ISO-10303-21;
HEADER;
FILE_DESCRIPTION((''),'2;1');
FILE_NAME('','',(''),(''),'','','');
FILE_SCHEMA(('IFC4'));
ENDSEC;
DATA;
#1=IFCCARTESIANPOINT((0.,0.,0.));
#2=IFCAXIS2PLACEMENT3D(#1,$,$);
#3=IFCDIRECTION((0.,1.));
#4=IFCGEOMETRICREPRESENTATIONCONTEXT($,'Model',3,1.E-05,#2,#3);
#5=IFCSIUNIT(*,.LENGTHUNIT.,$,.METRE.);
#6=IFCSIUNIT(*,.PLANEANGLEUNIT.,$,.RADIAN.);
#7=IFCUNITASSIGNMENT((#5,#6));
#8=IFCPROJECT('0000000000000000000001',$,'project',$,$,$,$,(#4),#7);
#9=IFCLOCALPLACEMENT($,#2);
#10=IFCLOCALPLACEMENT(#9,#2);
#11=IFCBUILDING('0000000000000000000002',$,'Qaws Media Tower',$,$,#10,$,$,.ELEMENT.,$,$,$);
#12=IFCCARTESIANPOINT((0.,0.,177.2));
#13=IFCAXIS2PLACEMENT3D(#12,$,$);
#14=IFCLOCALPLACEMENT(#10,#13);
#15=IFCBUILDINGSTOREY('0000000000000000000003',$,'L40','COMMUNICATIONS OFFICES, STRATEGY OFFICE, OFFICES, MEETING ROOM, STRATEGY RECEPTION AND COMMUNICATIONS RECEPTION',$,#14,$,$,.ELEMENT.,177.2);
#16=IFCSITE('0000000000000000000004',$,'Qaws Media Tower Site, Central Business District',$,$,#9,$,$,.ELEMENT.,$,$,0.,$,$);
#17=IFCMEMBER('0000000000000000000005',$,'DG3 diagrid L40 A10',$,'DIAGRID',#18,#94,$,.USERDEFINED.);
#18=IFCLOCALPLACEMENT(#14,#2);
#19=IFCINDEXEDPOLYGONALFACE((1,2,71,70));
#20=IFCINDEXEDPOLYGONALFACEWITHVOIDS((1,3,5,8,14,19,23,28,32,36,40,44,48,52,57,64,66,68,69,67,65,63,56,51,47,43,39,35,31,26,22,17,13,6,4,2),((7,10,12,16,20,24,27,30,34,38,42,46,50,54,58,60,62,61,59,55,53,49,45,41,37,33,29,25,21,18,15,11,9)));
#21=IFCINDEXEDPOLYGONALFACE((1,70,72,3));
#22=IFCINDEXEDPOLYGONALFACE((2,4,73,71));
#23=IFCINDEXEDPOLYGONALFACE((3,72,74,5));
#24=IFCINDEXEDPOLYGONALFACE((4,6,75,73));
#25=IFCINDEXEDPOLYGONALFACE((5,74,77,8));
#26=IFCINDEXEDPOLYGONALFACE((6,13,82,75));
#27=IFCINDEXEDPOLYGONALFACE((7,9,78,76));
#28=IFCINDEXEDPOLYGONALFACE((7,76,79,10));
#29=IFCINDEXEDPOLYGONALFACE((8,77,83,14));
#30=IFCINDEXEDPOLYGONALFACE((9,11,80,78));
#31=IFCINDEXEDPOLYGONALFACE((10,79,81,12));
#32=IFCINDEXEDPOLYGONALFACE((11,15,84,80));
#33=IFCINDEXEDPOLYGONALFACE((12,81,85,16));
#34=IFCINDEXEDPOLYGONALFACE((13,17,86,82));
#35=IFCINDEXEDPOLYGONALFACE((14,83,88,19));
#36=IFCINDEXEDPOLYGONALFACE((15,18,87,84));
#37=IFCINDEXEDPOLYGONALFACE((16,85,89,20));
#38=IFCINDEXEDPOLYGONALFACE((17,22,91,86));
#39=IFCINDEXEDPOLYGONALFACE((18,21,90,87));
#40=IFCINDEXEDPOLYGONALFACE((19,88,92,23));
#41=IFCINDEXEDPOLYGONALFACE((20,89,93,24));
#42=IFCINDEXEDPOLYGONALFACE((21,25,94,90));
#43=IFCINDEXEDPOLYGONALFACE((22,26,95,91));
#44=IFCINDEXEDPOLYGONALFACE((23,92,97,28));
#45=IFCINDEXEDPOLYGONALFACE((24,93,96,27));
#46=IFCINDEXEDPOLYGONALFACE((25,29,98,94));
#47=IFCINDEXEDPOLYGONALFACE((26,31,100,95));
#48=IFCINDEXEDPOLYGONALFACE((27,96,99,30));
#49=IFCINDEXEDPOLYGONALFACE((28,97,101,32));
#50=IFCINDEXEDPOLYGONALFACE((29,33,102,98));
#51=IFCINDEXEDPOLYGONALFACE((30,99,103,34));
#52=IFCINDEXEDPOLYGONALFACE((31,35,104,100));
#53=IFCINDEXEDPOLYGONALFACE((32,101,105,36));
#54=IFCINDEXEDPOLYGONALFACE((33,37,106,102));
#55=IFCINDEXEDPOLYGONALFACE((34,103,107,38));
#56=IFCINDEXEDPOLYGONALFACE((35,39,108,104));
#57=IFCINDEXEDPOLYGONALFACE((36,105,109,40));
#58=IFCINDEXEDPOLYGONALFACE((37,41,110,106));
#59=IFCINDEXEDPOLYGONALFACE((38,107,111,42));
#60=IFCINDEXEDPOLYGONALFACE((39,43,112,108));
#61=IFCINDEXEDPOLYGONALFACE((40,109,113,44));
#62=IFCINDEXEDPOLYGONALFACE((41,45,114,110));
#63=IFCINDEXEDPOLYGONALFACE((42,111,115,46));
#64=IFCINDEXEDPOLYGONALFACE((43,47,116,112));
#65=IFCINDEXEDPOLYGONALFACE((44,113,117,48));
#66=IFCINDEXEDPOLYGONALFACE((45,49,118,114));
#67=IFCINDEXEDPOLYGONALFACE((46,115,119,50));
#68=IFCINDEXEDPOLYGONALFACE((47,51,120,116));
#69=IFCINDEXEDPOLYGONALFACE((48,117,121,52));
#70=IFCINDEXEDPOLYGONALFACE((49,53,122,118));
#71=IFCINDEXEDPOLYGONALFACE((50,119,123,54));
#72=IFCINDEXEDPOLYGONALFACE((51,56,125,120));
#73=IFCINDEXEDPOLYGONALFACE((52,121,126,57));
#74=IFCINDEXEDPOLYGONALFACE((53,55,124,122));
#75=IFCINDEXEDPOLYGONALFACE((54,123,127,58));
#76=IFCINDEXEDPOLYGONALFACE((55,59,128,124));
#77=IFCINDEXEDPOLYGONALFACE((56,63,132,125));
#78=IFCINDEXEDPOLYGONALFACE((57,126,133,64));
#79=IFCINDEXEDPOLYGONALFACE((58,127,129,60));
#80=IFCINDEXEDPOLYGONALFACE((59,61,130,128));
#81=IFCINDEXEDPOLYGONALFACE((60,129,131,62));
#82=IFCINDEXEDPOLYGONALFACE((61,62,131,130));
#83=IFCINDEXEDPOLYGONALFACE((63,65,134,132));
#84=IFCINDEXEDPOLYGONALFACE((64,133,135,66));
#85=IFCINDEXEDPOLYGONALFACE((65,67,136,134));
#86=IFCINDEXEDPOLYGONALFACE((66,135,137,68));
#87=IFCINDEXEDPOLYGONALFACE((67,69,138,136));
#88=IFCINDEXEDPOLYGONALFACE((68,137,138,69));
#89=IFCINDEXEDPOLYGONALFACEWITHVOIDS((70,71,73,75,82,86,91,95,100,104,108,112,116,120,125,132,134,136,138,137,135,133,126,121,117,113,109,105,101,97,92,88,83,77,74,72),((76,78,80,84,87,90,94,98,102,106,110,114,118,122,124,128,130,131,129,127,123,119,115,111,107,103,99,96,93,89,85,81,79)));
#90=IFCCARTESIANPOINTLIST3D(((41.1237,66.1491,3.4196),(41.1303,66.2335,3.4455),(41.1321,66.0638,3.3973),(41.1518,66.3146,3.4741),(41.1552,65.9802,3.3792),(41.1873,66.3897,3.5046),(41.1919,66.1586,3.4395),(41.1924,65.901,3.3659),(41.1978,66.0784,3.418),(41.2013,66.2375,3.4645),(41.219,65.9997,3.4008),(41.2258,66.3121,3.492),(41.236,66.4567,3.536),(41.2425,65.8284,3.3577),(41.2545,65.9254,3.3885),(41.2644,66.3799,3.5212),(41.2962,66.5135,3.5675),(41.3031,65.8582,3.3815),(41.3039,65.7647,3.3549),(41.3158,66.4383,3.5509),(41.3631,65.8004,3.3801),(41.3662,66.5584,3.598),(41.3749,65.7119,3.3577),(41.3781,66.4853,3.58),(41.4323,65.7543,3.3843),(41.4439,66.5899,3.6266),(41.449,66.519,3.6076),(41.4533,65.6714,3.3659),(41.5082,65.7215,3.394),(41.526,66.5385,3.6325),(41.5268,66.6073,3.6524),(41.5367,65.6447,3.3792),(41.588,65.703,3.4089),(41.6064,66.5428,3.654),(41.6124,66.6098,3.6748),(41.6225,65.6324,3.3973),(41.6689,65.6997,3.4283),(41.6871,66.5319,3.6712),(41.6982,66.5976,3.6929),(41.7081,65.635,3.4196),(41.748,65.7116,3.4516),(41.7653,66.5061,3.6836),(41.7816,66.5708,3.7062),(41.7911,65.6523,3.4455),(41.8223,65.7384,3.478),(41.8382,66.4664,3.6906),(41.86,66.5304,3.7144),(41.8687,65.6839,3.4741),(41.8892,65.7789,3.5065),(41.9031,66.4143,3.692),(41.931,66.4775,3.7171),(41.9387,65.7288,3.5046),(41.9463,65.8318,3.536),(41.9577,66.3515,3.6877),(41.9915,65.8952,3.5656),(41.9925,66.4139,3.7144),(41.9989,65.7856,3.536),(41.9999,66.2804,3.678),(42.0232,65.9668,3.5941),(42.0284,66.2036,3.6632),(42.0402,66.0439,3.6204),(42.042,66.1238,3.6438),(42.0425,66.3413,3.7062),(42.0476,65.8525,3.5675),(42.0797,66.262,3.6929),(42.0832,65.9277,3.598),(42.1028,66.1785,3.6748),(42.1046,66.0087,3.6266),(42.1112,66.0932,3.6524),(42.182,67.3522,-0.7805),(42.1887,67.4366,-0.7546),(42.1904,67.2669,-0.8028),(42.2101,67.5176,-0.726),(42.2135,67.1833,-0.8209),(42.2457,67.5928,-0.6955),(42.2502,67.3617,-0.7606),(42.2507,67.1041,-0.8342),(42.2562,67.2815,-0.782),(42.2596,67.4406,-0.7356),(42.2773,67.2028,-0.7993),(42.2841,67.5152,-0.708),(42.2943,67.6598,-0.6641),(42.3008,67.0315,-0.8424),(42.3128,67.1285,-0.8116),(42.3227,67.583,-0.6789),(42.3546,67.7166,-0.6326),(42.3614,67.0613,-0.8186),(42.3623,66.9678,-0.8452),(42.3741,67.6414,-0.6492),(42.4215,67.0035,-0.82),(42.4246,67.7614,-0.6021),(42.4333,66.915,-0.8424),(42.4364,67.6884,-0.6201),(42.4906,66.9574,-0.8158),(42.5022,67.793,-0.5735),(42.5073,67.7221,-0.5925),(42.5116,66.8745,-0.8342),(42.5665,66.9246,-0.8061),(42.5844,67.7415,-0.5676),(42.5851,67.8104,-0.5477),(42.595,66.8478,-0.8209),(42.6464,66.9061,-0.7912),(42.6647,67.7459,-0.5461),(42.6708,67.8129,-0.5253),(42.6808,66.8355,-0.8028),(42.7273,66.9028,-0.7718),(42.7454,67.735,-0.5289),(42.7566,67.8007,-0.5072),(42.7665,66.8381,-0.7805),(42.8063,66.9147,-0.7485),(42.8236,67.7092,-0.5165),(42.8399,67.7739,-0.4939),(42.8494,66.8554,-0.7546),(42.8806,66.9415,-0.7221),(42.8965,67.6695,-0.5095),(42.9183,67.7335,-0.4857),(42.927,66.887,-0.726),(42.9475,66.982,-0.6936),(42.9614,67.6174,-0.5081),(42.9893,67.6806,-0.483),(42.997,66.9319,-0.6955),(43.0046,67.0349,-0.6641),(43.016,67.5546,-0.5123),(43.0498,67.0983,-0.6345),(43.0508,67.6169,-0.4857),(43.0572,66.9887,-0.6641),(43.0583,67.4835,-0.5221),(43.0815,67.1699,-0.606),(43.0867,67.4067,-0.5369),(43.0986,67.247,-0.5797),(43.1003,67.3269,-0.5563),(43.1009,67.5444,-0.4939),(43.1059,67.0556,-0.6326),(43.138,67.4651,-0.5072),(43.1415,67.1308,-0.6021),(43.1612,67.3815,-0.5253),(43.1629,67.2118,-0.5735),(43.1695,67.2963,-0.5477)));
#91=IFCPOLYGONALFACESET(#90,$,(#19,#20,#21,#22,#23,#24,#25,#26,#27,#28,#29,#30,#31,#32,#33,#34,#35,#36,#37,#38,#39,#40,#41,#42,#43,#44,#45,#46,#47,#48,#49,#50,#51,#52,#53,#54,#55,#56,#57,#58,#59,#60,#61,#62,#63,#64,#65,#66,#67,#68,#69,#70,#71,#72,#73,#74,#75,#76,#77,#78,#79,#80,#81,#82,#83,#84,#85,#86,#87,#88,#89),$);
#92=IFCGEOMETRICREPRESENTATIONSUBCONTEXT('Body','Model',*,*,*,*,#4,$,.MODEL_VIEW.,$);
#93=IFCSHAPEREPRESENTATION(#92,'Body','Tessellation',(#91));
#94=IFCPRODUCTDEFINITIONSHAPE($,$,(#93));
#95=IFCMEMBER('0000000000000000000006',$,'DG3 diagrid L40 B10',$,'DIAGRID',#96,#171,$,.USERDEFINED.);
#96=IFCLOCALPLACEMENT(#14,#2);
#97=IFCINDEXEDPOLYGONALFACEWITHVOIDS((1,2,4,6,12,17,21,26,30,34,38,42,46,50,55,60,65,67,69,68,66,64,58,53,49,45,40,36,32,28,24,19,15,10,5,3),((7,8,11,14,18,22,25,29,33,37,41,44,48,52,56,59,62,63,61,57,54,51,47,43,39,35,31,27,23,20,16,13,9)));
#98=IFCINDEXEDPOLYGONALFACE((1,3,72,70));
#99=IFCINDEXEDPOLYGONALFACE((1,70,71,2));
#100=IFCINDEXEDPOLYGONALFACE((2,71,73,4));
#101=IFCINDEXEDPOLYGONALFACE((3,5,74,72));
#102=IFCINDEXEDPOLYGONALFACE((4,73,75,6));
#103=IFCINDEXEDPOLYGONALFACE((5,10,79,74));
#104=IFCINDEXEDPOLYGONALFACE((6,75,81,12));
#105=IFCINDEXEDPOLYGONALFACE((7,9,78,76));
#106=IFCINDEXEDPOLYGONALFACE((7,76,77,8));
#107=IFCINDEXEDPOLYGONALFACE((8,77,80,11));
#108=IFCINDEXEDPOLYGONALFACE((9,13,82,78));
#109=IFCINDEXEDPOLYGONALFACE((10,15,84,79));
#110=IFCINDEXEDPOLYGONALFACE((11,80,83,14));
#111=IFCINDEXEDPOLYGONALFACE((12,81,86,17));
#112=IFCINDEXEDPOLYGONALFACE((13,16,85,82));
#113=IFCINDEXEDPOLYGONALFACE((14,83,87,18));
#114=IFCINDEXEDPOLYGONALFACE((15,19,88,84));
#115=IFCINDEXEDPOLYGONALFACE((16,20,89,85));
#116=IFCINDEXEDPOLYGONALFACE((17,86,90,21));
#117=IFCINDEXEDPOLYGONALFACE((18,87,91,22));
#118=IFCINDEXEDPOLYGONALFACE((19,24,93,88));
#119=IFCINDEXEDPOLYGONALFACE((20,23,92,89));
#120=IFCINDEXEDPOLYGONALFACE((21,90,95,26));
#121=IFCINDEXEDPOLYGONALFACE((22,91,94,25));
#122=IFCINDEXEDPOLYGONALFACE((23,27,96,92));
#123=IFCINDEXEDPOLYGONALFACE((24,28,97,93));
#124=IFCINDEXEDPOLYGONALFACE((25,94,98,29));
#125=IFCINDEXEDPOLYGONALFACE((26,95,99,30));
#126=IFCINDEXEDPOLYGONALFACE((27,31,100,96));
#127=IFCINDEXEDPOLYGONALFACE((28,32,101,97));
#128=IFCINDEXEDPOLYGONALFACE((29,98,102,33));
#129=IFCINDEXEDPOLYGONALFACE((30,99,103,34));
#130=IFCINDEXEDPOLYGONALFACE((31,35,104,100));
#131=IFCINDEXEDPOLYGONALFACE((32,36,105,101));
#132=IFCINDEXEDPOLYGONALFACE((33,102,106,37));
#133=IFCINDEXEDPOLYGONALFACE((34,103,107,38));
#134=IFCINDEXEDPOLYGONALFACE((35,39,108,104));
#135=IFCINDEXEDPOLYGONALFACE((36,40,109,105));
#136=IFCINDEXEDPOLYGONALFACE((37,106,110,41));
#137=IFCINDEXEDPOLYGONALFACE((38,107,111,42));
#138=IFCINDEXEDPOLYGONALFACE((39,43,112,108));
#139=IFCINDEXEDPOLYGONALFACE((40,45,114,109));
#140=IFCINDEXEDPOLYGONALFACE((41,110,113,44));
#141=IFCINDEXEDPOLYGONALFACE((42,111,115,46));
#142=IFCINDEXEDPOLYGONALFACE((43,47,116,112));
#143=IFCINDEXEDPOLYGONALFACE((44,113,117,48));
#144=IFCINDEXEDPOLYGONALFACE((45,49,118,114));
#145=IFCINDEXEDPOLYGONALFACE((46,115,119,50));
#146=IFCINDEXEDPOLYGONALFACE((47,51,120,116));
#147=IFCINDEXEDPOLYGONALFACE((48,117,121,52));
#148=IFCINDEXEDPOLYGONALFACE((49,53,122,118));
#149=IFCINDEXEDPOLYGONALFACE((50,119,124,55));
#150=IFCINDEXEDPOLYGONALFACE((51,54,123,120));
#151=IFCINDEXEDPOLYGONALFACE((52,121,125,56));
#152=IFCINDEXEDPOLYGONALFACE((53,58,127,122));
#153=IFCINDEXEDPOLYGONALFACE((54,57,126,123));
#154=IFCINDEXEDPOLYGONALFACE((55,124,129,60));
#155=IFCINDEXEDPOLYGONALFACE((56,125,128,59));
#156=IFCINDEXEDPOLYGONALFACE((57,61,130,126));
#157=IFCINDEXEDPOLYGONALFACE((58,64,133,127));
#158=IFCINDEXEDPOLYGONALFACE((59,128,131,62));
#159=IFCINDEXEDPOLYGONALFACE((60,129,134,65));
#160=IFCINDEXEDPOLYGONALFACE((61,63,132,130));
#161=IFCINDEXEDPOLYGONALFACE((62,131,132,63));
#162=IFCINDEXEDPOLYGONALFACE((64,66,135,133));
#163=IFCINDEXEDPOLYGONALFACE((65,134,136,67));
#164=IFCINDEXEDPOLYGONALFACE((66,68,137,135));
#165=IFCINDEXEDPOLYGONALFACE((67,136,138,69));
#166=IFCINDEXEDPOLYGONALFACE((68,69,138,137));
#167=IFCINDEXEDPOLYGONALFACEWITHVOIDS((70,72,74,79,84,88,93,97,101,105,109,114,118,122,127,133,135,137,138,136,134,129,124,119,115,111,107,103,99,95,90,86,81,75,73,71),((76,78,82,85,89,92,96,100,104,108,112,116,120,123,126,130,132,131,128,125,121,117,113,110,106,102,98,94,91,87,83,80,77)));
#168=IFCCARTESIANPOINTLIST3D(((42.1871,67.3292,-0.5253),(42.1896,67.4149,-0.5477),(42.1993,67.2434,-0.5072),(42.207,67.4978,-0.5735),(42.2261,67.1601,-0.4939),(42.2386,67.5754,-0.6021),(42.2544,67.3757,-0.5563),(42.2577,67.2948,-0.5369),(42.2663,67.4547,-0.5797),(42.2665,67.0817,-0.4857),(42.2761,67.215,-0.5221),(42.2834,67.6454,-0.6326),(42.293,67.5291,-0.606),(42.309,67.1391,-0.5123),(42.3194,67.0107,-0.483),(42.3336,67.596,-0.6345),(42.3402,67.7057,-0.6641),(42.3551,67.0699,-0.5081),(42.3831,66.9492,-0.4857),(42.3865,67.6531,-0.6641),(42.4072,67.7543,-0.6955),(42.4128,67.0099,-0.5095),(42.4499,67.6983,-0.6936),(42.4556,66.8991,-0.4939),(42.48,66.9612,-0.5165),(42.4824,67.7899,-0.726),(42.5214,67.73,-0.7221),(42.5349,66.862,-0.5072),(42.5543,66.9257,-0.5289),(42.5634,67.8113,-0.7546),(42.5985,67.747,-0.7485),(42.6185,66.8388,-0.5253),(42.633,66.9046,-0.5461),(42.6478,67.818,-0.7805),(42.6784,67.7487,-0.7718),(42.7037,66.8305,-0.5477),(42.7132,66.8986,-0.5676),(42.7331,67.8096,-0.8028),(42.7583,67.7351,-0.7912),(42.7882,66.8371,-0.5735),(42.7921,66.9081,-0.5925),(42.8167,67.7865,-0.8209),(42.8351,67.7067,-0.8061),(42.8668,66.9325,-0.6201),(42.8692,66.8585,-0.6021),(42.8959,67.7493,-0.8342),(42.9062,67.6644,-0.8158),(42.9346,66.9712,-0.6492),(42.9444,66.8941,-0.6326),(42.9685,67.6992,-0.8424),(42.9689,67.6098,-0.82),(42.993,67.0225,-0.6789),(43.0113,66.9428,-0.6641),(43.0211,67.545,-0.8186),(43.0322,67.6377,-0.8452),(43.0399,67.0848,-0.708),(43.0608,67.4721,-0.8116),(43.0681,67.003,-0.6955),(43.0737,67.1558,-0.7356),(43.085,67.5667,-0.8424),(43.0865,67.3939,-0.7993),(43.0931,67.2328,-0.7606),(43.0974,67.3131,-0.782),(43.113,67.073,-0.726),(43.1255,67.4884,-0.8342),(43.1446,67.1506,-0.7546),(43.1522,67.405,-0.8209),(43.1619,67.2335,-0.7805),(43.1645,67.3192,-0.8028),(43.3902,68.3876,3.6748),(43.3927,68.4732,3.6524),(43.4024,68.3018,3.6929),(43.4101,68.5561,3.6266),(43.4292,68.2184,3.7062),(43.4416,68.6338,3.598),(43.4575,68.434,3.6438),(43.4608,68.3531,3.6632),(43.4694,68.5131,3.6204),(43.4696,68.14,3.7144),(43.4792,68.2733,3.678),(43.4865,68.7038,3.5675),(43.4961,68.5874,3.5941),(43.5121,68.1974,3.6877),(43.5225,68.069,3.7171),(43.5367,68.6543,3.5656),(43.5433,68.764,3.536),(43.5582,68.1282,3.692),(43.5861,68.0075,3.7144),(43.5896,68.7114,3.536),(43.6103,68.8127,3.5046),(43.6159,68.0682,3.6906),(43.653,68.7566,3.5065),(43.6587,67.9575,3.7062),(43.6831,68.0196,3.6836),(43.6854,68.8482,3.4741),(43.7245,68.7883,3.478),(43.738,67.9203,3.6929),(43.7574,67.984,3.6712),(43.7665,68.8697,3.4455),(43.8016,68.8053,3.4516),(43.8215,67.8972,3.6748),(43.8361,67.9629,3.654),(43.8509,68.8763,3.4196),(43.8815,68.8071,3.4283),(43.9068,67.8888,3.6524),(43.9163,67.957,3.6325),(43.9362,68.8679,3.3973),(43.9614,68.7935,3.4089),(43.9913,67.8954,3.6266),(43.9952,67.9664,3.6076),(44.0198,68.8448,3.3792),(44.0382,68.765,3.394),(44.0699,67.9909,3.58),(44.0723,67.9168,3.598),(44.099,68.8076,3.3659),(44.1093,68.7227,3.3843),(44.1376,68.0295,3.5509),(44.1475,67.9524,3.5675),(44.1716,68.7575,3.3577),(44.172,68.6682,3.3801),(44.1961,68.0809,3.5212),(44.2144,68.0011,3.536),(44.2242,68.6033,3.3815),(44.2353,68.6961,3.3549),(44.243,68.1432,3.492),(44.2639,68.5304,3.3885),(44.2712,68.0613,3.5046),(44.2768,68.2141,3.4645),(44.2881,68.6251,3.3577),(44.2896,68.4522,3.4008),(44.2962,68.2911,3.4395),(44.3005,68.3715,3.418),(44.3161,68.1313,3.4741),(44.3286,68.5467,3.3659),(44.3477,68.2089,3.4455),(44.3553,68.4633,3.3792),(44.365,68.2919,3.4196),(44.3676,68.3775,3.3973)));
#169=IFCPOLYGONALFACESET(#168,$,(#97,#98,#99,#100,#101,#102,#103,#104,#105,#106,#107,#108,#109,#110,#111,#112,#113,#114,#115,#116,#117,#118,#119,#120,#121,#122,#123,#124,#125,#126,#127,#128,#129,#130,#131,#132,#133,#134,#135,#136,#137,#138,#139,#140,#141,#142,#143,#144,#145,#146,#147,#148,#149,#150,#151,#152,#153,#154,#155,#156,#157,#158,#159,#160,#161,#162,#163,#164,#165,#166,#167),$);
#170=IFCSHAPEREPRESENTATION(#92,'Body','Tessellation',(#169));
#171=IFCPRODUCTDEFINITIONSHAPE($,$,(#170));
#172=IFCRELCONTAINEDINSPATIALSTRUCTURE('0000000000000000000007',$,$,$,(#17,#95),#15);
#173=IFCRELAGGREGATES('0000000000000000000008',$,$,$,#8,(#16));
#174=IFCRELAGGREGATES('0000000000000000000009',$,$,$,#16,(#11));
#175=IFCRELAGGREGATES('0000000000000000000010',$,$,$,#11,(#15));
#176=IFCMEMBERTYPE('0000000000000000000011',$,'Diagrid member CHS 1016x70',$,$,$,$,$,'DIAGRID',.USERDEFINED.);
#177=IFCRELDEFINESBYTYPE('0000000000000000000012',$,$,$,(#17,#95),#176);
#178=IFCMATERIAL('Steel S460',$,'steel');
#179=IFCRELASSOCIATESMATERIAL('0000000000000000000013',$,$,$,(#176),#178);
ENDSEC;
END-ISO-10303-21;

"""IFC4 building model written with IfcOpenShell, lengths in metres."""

from ifc_helpers import new_model, si_unit, direction, frame, origin, origin_2d, place, context, subcontext, project, spatial, hollow_circle, extrude, material, material_profile, profile_set, type_object, element, save


model = new_model("IFC4")

# Units and contexts
model_context = context("Model", 3, precision=1e-05, world=origin(), true_north=direction((0.0, 1.0)))
body_context = subcontext(model_context, "Body", "Model", "MODEL_VIEW")
ifc_project = project(units=[si_unit("LENGTHUNIT", "METRE"), si_unit("PLANEANGLEUNIT", "RADIAN")], contexts=[model_context])

# Site, building, storey
site_placement = place(None, origin())
site = spatial("IfcSite", under=ifc_project, at=site_placement, Name="Qaws Media Tower Site, Central Business District", CompositionType="ELEMENT", RefElevation=0.0)
building_placement = place(site_placement, origin())
building = spatial("IfcBuilding", under=site, at=building_placement, Name="Qaws Media Tower", CompositionType="ELEMENT")
storey_placement = place(building_placement, frame((0.0, 0.0, 177.2)))
storey = spatial("IfcBuildingStorey", under=building, at=storey_placement, Name="L40", Description="COMMUNICATIONS OFFICES, STRATEGY OFFICE, OFFICES, MEETING ROOM, STRATEGY RECEPTION AND COMMUNICATIONS RECEPTION", CompositionType="ELEMENT", Elevation=177.2)

# Members
ifc_material_1 = material(Name="Steel S460", Category="steel")
ifc_material_profile_1 = material_profile(ifc_material_1, hollow_circle(Radius=0.5081, WallThickness=0.0701, at=origin_2d()), Name="CHS 1016x70")
ifc_profile_set_1 = profile_set([ifc_material_profile_1], Name="Steel S460")
member_type_1 = type_object("IfcMemberType", Name="Diagrid member CHS 1016x70", ElementType="DIAGRID", PredefinedType="USERDEFINED", material=ifc_profile_set_1)
for number, where, z_axis, x_axis, name in (
    (1, (42.6758, 67.3242, -0.6641), (-0.235426, -0.267631, 0.934317), (0.750837, -0.660487, 0.0), "DG3 diagrid L40 A10"),
    (2, (42.6758, 67.3242, -0.6641), (0.267631, 0.235426, 0.934317), (-0.660487, 0.750837, 0.0), "DG3 diagrid L40 B10"),
):
    element("IfcMember", number, at=place(storey_placement, frame(where, z_axis=z_axis, x_axis=x_axis)), inside=storey, type_object=member_type_1, Name=name, ObjectType="DIAGRID", PredefinedType="USERDEFINED", context=body_context, shape_type="SweptSolid", body=[
        extrude(hollow_circle(Radius=0.5081, WallThickness=0.0701, at=origin_2d()), origin(), (0.0, 0.0, 1.0), 4.4954),
    ])

save(model, "model.ifc")
